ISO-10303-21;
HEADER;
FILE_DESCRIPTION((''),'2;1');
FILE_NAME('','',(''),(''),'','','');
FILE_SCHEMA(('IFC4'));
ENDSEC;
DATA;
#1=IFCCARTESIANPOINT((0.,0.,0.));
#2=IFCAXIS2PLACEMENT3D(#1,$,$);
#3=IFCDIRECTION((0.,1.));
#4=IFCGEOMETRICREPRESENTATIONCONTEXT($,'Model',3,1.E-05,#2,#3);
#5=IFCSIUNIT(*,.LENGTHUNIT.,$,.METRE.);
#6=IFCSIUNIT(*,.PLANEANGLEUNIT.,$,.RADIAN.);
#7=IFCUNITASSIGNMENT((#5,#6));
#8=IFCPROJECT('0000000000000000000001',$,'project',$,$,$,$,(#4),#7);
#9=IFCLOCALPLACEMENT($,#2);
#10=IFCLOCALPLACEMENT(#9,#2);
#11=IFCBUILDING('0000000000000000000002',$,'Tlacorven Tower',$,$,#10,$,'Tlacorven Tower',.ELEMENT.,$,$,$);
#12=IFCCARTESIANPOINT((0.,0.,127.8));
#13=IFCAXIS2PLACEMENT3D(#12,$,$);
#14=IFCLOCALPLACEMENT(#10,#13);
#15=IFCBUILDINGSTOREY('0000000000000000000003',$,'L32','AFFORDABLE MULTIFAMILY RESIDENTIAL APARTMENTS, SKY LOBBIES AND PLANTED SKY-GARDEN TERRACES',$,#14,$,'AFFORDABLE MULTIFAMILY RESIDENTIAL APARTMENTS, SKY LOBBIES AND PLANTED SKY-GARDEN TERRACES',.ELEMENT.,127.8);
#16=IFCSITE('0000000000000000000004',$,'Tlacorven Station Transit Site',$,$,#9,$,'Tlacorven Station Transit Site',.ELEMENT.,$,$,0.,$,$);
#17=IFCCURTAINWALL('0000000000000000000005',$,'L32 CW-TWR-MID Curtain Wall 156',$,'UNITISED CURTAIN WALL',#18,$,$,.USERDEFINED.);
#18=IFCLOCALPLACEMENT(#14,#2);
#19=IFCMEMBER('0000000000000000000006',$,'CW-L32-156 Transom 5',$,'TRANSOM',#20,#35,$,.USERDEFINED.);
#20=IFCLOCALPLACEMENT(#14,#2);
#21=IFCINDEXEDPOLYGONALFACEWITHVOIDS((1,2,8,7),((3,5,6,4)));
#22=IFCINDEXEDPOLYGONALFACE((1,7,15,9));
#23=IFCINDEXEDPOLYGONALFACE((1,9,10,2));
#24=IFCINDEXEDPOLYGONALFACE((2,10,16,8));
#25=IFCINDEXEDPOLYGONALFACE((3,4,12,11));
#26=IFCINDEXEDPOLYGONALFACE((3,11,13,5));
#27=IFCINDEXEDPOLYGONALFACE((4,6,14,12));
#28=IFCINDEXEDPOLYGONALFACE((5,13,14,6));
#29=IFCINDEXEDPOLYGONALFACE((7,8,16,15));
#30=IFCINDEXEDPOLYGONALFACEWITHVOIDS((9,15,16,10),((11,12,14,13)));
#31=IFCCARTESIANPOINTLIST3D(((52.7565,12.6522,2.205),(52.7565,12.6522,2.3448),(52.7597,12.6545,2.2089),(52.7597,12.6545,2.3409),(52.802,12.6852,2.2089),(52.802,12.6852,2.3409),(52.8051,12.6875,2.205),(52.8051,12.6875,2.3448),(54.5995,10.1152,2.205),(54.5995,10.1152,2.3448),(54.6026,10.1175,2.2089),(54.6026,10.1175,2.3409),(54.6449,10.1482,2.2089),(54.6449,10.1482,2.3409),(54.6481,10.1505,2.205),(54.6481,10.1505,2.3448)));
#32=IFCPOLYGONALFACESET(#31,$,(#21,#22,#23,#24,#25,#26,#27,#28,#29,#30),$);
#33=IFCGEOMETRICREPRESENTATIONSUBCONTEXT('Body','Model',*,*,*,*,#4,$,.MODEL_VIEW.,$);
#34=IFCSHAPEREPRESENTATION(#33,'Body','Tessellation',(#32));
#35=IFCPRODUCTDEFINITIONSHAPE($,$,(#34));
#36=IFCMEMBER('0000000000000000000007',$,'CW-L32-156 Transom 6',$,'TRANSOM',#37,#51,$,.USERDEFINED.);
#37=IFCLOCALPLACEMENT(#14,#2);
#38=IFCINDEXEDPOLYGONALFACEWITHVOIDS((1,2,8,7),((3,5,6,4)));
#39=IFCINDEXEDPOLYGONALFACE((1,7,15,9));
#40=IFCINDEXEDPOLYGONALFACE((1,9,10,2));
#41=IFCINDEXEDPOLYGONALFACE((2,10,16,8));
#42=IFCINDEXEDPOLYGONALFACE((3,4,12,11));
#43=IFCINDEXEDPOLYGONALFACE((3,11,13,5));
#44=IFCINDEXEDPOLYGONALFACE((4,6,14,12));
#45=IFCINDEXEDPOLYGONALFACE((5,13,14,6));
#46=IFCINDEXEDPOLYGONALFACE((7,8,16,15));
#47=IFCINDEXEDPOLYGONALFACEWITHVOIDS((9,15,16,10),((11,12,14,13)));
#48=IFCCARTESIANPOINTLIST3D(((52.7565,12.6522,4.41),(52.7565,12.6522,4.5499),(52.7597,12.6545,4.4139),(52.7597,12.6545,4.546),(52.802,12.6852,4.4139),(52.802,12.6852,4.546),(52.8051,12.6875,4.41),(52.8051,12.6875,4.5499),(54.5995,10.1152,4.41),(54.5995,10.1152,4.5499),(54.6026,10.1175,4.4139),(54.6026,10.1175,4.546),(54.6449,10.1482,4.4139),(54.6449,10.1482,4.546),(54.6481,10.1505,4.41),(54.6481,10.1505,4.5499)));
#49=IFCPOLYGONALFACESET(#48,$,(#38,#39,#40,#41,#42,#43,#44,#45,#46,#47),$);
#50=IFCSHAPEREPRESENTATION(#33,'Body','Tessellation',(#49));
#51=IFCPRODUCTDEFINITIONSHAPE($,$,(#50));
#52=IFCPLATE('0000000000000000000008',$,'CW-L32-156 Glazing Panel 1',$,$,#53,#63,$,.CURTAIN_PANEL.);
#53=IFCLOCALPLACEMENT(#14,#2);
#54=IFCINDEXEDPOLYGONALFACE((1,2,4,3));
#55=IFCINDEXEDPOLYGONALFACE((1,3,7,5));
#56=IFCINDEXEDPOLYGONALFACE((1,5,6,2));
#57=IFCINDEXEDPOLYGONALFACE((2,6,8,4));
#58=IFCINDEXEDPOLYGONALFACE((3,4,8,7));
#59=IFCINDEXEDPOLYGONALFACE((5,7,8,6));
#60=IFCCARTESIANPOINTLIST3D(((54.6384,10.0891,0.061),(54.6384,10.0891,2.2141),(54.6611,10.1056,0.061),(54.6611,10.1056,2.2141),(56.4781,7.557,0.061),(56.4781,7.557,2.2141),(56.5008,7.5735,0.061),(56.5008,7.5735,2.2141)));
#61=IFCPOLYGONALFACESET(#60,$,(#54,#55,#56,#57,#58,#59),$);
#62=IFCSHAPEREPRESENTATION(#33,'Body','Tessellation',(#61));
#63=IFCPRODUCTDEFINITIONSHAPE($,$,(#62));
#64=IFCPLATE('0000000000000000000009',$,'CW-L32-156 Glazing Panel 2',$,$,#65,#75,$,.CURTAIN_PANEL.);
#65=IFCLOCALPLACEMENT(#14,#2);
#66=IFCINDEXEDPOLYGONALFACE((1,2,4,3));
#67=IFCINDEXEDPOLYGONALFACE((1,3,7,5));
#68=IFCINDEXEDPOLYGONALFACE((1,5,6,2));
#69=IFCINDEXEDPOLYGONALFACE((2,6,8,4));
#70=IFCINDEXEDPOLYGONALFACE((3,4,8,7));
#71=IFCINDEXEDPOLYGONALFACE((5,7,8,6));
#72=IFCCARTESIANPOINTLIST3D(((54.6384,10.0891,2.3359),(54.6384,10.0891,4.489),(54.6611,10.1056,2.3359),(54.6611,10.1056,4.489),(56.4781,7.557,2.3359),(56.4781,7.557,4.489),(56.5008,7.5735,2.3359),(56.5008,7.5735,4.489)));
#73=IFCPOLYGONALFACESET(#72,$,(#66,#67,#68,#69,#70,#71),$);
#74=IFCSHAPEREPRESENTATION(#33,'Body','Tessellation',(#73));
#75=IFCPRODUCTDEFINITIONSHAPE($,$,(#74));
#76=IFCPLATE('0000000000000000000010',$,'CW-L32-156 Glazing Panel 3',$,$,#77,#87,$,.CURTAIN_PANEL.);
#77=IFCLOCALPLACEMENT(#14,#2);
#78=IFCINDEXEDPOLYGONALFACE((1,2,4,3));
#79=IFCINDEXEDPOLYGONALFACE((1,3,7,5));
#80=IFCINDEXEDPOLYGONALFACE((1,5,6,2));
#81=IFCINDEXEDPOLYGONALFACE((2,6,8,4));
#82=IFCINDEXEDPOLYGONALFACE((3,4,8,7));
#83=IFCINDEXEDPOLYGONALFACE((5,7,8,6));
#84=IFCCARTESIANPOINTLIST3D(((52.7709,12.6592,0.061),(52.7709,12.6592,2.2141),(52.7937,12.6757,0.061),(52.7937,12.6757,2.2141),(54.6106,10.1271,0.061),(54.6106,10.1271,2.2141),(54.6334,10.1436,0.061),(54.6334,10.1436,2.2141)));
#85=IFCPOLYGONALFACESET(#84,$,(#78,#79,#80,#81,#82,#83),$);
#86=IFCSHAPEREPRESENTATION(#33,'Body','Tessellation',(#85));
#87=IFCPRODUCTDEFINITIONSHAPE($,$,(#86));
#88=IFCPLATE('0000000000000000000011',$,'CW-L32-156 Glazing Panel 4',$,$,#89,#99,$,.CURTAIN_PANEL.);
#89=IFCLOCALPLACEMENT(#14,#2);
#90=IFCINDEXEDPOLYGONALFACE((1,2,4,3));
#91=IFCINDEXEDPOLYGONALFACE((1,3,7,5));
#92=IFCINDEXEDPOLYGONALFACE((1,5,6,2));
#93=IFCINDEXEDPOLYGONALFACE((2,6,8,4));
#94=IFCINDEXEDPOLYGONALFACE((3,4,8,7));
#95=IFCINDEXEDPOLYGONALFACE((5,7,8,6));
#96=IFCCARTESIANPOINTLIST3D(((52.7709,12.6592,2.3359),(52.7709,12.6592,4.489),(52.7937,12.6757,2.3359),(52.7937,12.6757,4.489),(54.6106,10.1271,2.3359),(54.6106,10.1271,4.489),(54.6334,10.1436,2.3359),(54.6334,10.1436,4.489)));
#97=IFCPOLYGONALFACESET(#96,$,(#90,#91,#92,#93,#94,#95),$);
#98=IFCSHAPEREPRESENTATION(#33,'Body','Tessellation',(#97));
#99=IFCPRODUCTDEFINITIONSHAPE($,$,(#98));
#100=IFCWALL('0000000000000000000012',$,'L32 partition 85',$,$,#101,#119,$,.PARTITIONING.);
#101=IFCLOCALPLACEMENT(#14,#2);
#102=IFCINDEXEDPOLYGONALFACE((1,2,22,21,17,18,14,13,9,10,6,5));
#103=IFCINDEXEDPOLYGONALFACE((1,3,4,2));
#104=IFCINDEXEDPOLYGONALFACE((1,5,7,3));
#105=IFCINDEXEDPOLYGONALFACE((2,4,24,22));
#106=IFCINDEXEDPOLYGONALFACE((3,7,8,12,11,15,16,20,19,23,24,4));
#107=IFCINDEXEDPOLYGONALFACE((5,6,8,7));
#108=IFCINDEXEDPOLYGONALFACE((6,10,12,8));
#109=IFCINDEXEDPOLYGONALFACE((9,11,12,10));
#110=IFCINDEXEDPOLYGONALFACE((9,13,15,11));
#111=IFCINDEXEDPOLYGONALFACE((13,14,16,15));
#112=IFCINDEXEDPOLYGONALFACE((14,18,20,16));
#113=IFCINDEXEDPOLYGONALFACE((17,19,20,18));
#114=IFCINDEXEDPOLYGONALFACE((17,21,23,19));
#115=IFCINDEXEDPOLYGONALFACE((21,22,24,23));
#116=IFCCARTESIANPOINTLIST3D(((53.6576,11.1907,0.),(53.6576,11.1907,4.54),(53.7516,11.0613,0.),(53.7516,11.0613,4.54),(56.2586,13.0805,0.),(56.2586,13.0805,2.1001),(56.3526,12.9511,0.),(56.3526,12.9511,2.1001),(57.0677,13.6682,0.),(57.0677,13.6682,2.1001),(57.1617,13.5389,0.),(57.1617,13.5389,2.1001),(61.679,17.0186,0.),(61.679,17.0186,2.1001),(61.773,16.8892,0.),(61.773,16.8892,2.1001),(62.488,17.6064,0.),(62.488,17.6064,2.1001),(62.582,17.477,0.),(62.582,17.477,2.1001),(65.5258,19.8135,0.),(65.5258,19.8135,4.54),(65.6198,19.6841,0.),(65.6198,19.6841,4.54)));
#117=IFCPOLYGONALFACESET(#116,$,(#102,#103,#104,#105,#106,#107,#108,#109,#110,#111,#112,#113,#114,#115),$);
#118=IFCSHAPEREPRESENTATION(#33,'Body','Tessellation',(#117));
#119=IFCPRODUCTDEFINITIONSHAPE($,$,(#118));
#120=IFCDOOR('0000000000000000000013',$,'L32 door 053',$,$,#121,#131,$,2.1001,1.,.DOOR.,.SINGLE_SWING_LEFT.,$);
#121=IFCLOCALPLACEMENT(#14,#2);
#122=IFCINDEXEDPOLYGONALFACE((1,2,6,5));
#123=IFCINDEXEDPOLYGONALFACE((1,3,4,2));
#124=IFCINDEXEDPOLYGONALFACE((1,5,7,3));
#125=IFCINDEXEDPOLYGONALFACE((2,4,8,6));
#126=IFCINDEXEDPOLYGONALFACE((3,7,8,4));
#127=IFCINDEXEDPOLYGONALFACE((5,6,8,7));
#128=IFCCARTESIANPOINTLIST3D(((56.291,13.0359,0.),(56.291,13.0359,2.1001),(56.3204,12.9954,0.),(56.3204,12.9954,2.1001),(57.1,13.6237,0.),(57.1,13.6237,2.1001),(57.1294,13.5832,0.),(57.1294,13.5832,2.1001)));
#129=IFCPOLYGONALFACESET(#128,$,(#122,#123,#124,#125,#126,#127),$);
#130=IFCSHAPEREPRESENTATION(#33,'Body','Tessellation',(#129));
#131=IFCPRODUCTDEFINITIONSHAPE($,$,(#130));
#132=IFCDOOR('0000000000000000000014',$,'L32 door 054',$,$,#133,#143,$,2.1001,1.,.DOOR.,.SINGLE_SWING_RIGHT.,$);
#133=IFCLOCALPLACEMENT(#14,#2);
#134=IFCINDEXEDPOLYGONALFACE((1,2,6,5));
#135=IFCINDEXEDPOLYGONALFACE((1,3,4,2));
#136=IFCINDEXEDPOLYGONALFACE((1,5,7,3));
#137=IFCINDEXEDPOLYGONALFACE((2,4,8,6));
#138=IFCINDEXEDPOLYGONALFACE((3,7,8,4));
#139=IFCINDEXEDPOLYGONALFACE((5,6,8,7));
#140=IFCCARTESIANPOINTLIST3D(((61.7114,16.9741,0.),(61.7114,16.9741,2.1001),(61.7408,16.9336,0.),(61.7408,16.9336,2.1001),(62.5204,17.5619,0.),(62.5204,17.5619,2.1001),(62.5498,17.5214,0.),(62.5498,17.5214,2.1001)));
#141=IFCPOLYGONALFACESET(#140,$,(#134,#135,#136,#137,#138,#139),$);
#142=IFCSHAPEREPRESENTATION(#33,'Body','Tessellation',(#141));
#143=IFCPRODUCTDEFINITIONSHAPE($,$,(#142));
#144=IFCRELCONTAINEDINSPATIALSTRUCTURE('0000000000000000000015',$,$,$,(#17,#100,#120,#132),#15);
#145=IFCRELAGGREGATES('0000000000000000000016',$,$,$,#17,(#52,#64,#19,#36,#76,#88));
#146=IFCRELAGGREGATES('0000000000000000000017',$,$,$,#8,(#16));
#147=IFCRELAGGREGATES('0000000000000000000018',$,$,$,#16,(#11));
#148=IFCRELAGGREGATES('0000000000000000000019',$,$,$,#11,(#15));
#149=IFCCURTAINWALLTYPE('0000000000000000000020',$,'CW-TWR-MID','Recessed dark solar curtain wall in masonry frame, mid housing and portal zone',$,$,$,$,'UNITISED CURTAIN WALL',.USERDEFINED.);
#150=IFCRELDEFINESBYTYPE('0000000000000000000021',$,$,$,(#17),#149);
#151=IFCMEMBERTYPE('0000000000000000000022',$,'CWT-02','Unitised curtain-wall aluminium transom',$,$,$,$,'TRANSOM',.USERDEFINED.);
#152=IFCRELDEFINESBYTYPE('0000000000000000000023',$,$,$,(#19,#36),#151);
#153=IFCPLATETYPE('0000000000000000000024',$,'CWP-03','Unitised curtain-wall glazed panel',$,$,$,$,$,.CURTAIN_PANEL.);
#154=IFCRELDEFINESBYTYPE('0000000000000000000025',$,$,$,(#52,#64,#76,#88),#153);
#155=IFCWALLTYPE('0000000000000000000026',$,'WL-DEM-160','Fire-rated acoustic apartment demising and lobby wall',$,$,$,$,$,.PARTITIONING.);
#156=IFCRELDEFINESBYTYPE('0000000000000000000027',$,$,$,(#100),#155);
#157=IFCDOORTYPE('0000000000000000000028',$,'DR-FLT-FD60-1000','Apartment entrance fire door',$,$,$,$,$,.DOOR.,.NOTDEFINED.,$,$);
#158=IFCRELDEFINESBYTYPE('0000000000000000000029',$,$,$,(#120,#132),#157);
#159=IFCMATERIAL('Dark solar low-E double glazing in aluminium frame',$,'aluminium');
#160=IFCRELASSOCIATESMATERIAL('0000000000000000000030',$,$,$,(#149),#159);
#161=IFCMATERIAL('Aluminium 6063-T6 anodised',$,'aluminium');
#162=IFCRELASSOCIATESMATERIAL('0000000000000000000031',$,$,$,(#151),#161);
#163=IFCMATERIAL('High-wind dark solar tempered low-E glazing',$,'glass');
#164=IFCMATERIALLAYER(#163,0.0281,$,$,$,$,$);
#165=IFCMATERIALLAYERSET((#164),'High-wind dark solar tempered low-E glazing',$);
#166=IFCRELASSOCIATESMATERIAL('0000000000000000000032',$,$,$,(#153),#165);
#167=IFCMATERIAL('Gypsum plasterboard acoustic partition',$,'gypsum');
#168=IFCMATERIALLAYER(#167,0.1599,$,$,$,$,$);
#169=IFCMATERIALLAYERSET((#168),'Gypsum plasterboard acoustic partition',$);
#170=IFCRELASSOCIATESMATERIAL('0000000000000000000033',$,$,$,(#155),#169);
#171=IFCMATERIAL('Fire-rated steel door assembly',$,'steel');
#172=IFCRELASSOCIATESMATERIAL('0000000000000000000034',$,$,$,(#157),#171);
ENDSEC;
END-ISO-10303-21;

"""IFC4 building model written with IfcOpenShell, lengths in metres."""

from ifc_helpers import new_model, si_unit, direction, frame, frame_2d, origin, origin_2d, place, context, subcontext, project, spatial, rectangle, hollow_rectangle, extrude, source, transform, mapped, material, layer, layer_set, material_profile, profile_set, type_object, element, fill, aggregate, save


model = new_model("IFC4")

# Units and contexts
model_context = context("Model", 3, precision=1e-05, world=origin(), true_north=direction((0.0, 1.0)))
body_context = subcontext(model_context, "Body", "Model", "MODEL_VIEW")
ifc_project = project(units=[si_unit("LENGTHUNIT", "METRE"), si_unit("PLANEANGLEUNIT", "RADIAN")], contexts=[model_context])

# Site, building, storey
site_placement = place(None, origin())
site = spatial("IfcSite", under=ifc_project, at=site_placement, Name="Tlacorven Station Transit Site", LongName="Tlacorven Station Transit Site", CompositionType="ELEMENT", RefElevation=0.0)
building_placement = place(site_placement, origin())
building = spatial("IfcBuilding", under=site, at=building_placement, Name="Tlacorven Tower", LongName="Tlacorven Tower", CompositionType="ELEMENT")
storey_placement = place(building_placement, frame((0.0, 0.0, 127.8)))
storey = spatial("IfcBuildingStorey", under=building, at=storey_placement, Name="L32", Description="AFFORDABLE MULTIFAMILY RESIDENTIAL APARTMENTS, SKY LOBBIES AND PLANTED SKY-GARDEN TERRACES", LongName="AFFORDABLE MULTIFAMILY RESIDENTIAL APARTMENTS, SKY LOBBIES AND PLANTED SKY-GARDEN TERRACES", CompositionType="ELEMENT", Elevation=127.8)

# Curtain wall, members, plates
ifc_material_1 = material(Name="Dark solar low-E double glazing in aluminium frame", Category="aluminium")
curtain_wall_type = type_object("IfcCurtainWallType", Name="CW-TWR-MID", Description="Recessed dark solar curtain wall in masonry frame, mid housing and portal zone", ElementType="UNITISED CURTAIN WALL", PredefinedType="USERDEFINED", material=ifc_material_1)
curtain_wall_placement = place(storey_placement, origin())
curtain_wall = element("IfcCurtainWall", 1, at=curtain_wall_placement, inside=storey, type_object=curtain_wall_type, Name="L32 CW-TWR-MID Curtain Wall 156", ObjectType="UNITISED CURTAIN WALL", PredefinedType="USERDEFINED")
ifc_material_2 = material(Name="Aluminium 6063-T6 anodised", Category="aluminium")
ifc_material_profile_1 = material_profile(ifc_material_2, hollow_rectangle(XDim=0.0601, YDim=0.1399, WallThickness=0.0039, at=origin_2d()), Name="ALU TRANSOM 60X140")
ifc_profile_set_1 = profile_set([ifc_material_profile_1], Name="Aluminium 6063-T6 anodised")
member_type_1 = type_object("IfcMemberType", Name="CWT-02", Description="Unitised curtain-wall aluminium transom", ElementType="TRANSOM", PredefinedType="USERDEFINED", material=ifc_profile_set_1)
shared_shape_1 = source(origin(), body_context, "Body", "SweptSolid", [
    extrude(hollow_rectangle(XDim=0.0601, YDim=0.1399, WallThickness=0.0039, at=origin_2d()), origin(), (0.0, 0.0, 1.0), 3.1357),
])
member_1_placement = place(storey_placement, frame((54.6238, 10.1328, 2.2749), z_axis=(-0.587723, 0.809063, 0.0), x_axis=(-0.809063, -0.587723, 0.0)))
member_1 = element("IfcMember", 2, at=member_1_placement, type_object=member_type_1, Name="CW-L32-156 Transom 5", ObjectType="TRANSOM", PredefinedType="USERDEFINED", context=body_context, shape_type="MappedRepresentation", body=[
    mapped(shared_shape_1, transform((0.0, 0.0, 0.0), scale=1.0)),
])
member_2_placement = place(storey_placement, frame((54.6238, 10.1328, 4.48), z_axis=(-0.587723, 0.809063, 0.0), x_axis=(-0.809063, -0.587723, 0.0)))
member_2 = element("IfcMember", 3, at=member_2_placement, type_object=member_type_1, Name="CW-L32-156 Transom 6", ObjectType="TRANSOM", PredefinedType="USERDEFINED", context=body_context, shape_type="MappedRepresentation", body=[
    mapped(shared_shape_1, transform((0.0, 0.0, 0.0), scale=1.0)),
])
ifc_material_3 = material(Name="High-wind dark solar tempered low-E glazing", Category="glass")
ifc_layer_1 = layer(ifc_material_3, 0.0281)
ifc_layer_set_1 = layer_set([ifc_layer_1], Name="High-wind dark solar tempered low-E glazing")
plate_type = type_object("IfcPlateType", Name="CWP-03", Description="Unitised curtain-wall glazed panel", PredefinedType="CURTAIN_PANEL", material=ifc_layer_set_1)
shared_shape_2 = source(origin(), body_context, "Body", "SweptSolid", [
    extrude(rectangle(XDim=3.1299, YDim=0.0281, at=origin_2d()), origin(), (0.0, 0.0, 1.0), 2.1531),
])
plate_1_placement = place(storey_placement, frame((55.5696, 8.8313, 0.061), z_axis=(0.0, 0.0, 1.0), x_axis=(-0.587785, 0.809017, 0.0)))
plate_1 = element("IfcPlate", 4, at=plate_1_placement, type_object=plate_type, Name="CW-L32-156 Glazing Panel 1", PredefinedType="CURTAIN_PANEL", context=body_context, shape_type="MappedRepresentation", body=[
    mapped(shared_shape_2, transform((0.0, 0.0, 0.0), scale=1.0)),
])
plate_2_placement = place(storey_placement, frame((55.5696, 8.8313, 2.3359), z_axis=(0.0, 0.0, 1.0), x_axis=(-0.587785, 0.809017, 0.0)))
plate_2 = element("IfcPlate", 5, at=plate_2_placement, type_object=plate_type, Name="CW-L32-156 Glazing Panel 2", PredefinedType="CURTAIN_PANEL", context=body_context, shape_type="MappedRepresentation", body=[
    mapped(shared_shape_2, transform((0.0, 0.0, 0.0), scale=1.0)),
])
plate_3_placement = place(storey_placement, frame((53.7021, 11.4014, 0.061), z_axis=(0.0, 0.0, 1.0), x_axis=(-0.587785, 0.809017, 0.0)))
plate_3 = element("IfcPlate", 6, at=plate_3_placement, type_object=plate_type, Name="CW-L32-156 Glazing Panel 3", PredefinedType="CURTAIN_PANEL", context=body_context, shape_type="MappedRepresentation", body=[
    mapped(shared_shape_2, transform((0.0, 0.0, 0.0), scale=1.0)),
])
plate_4_placement = place(storey_placement, frame((53.7021, 11.4014, 2.3359), z_axis=(0.0, 0.0, 1.0), x_axis=(-0.587785, 0.809017, 0.0)))
plate_4 = element("IfcPlate", 7, at=plate_4_placement, type_object=plate_type, Name="CW-L32-156 Glazing Panel 4", PredefinedType="CURTAIN_PANEL", context=body_context, shape_type="MappedRepresentation", body=[
    mapped(shared_shape_2, transform((0.0, 0.0, 0.0), scale=1.0)),
])
aggregate(curtain_wall, [plate_1, plate_2, member_1, member_2, plate_3, plate_4])

# Wall, openings, doors
ifc_material_4 = material(Name="Gypsum plasterboard acoustic partition", Category="gypsum")
ifc_layer_2 = layer(ifc_material_4, 0.1599)
ifc_layer_set_2 = layer_set([ifc_layer_2], Name="Gypsum plasterboard acoustic partition")
wall_type = type_object("IfcWallType", Name="WL-DEM-160", Description="Fire-rated acoustic apartment demising and lobby wall", PredefinedType="PARTITIONING", material=ifc_layer_set_2)
wall_placement = place(storey_placement, frame((53.7046, 11.126, 0.0), z_axis=(0.0, 0.0, 1.0), x_axis=(0.809015, 0.587789, 0.0)))
wall = element("IfcWall", 8, at=wall_placement, inside=storey, type_object=wall_type, Name="L32 partition 85", PredefinedType="PARTITIONING", context=body_context, shape_type="SweptSolid", body=[
    extrude(rectangle(XDim=14.6699, YDim=0.1599, at=frame_2d((7.335, 0.0))), origin(), (0.0, 0.0, 1.0), 4.54),
])
opening_1_placement = place(wall_placement, frame((3.2151, 0.0, 0.0)))
opening_1 = element("IfcOpeningElement", 9, at=opening_1_placement, cuts=wall, PredefinedType="OPENING", context=body_context, shape_type="SweptSolid", body=[
    extrude(rectangle(XDim=1.0, YDim=2.1001, at=frame_2d((0.5, 1.05))), frame((0.0, 0.0898, 0.0), z_axis=(0.0, -1.0, 0.0), x_axis=(1.0, 0.0, 0.0)), (0.0, 0.0, 1.0), 0.1799),
])
opening_2_placement = place(wall_placement, frame((9.915, 0.0, 0.0)))
opening_2 = element("IfcOpeningElement", 10, at=opening_2_placement, cuts=wall, PredefinedType="OPENING", context=body_context, shape_type="SweptSolid", body=[
    extrude(rectangle(XDim=1.0, YDim=2.1001, at=frame_2d((0.5, 1.05))), frame((0.0, 0.0898, 0.0), z_axis=(0.0, -1.0, 0.0), x_axis=(1.0, 0.0, 0.0)), (0.0, 0.0, 1.0), 0.1799),
])
ifc_material_5 = material(Name="Fire-rated steel door assembly", Category="steel")
door_type = type_object("IfcDoorType", Name="DR-FLT-FD60-1000", Description="Apartment entrance fire door", OperationType="NOTDEFINED", PredefinedType="DOOR", material=ifc_material_5)
shared_shape_3 = source(origin(), body_context, "Body", "SweptSolid", [
    extrude(rectangle(XDim=1.0, YDim=2.1001, at=frame_2d((0.5, 1.05))), frame((0.0, 0.0249, 0.0), z_axis=(0.0, -1.0, 0.0), x_axis=(1.0, 0.0, 0.0)), (0.0, 0.0, 1.0), 0.05),
])
door_1_placement = place(opening_1_placement, origin())
door_1 = element("IfcDoor", 11, at=door_1_placement, inside=storey, type_object=door_type, Name="L32 door 053", OperationType="SINGLE_SWING_LEFT", OverallHeight=2.1001, OverallWidth=1.0, PredefinedType="DOOR", context=body_context, shape_type="MappedRepresentation", body=[
    mapped(shared_shape_3, transform((0.0, 0.0, 0.0), scale=1.0)),
])
fill(opening_1, door_1)
door_2_placement = place(opening_2_placement, origin())
door_2 = element("IfcDoor", 12, at=door_2_placement, inside=storey, type_object=door_type, Name="L32 door 054", OperationType="SINGLE_SWING_RIGHT", OverallHeight=2.1001, OverallWidth=1.0, PredefinedType="DOOR", context=body_context, shape_type="MappedRepresentation", body=[
    mapped(shared_shape_3, transform((0.0, 0.0, 0.0), scale=1.0)),
])
fill(opening_2, door_2)

save(model, "model.ifc")
